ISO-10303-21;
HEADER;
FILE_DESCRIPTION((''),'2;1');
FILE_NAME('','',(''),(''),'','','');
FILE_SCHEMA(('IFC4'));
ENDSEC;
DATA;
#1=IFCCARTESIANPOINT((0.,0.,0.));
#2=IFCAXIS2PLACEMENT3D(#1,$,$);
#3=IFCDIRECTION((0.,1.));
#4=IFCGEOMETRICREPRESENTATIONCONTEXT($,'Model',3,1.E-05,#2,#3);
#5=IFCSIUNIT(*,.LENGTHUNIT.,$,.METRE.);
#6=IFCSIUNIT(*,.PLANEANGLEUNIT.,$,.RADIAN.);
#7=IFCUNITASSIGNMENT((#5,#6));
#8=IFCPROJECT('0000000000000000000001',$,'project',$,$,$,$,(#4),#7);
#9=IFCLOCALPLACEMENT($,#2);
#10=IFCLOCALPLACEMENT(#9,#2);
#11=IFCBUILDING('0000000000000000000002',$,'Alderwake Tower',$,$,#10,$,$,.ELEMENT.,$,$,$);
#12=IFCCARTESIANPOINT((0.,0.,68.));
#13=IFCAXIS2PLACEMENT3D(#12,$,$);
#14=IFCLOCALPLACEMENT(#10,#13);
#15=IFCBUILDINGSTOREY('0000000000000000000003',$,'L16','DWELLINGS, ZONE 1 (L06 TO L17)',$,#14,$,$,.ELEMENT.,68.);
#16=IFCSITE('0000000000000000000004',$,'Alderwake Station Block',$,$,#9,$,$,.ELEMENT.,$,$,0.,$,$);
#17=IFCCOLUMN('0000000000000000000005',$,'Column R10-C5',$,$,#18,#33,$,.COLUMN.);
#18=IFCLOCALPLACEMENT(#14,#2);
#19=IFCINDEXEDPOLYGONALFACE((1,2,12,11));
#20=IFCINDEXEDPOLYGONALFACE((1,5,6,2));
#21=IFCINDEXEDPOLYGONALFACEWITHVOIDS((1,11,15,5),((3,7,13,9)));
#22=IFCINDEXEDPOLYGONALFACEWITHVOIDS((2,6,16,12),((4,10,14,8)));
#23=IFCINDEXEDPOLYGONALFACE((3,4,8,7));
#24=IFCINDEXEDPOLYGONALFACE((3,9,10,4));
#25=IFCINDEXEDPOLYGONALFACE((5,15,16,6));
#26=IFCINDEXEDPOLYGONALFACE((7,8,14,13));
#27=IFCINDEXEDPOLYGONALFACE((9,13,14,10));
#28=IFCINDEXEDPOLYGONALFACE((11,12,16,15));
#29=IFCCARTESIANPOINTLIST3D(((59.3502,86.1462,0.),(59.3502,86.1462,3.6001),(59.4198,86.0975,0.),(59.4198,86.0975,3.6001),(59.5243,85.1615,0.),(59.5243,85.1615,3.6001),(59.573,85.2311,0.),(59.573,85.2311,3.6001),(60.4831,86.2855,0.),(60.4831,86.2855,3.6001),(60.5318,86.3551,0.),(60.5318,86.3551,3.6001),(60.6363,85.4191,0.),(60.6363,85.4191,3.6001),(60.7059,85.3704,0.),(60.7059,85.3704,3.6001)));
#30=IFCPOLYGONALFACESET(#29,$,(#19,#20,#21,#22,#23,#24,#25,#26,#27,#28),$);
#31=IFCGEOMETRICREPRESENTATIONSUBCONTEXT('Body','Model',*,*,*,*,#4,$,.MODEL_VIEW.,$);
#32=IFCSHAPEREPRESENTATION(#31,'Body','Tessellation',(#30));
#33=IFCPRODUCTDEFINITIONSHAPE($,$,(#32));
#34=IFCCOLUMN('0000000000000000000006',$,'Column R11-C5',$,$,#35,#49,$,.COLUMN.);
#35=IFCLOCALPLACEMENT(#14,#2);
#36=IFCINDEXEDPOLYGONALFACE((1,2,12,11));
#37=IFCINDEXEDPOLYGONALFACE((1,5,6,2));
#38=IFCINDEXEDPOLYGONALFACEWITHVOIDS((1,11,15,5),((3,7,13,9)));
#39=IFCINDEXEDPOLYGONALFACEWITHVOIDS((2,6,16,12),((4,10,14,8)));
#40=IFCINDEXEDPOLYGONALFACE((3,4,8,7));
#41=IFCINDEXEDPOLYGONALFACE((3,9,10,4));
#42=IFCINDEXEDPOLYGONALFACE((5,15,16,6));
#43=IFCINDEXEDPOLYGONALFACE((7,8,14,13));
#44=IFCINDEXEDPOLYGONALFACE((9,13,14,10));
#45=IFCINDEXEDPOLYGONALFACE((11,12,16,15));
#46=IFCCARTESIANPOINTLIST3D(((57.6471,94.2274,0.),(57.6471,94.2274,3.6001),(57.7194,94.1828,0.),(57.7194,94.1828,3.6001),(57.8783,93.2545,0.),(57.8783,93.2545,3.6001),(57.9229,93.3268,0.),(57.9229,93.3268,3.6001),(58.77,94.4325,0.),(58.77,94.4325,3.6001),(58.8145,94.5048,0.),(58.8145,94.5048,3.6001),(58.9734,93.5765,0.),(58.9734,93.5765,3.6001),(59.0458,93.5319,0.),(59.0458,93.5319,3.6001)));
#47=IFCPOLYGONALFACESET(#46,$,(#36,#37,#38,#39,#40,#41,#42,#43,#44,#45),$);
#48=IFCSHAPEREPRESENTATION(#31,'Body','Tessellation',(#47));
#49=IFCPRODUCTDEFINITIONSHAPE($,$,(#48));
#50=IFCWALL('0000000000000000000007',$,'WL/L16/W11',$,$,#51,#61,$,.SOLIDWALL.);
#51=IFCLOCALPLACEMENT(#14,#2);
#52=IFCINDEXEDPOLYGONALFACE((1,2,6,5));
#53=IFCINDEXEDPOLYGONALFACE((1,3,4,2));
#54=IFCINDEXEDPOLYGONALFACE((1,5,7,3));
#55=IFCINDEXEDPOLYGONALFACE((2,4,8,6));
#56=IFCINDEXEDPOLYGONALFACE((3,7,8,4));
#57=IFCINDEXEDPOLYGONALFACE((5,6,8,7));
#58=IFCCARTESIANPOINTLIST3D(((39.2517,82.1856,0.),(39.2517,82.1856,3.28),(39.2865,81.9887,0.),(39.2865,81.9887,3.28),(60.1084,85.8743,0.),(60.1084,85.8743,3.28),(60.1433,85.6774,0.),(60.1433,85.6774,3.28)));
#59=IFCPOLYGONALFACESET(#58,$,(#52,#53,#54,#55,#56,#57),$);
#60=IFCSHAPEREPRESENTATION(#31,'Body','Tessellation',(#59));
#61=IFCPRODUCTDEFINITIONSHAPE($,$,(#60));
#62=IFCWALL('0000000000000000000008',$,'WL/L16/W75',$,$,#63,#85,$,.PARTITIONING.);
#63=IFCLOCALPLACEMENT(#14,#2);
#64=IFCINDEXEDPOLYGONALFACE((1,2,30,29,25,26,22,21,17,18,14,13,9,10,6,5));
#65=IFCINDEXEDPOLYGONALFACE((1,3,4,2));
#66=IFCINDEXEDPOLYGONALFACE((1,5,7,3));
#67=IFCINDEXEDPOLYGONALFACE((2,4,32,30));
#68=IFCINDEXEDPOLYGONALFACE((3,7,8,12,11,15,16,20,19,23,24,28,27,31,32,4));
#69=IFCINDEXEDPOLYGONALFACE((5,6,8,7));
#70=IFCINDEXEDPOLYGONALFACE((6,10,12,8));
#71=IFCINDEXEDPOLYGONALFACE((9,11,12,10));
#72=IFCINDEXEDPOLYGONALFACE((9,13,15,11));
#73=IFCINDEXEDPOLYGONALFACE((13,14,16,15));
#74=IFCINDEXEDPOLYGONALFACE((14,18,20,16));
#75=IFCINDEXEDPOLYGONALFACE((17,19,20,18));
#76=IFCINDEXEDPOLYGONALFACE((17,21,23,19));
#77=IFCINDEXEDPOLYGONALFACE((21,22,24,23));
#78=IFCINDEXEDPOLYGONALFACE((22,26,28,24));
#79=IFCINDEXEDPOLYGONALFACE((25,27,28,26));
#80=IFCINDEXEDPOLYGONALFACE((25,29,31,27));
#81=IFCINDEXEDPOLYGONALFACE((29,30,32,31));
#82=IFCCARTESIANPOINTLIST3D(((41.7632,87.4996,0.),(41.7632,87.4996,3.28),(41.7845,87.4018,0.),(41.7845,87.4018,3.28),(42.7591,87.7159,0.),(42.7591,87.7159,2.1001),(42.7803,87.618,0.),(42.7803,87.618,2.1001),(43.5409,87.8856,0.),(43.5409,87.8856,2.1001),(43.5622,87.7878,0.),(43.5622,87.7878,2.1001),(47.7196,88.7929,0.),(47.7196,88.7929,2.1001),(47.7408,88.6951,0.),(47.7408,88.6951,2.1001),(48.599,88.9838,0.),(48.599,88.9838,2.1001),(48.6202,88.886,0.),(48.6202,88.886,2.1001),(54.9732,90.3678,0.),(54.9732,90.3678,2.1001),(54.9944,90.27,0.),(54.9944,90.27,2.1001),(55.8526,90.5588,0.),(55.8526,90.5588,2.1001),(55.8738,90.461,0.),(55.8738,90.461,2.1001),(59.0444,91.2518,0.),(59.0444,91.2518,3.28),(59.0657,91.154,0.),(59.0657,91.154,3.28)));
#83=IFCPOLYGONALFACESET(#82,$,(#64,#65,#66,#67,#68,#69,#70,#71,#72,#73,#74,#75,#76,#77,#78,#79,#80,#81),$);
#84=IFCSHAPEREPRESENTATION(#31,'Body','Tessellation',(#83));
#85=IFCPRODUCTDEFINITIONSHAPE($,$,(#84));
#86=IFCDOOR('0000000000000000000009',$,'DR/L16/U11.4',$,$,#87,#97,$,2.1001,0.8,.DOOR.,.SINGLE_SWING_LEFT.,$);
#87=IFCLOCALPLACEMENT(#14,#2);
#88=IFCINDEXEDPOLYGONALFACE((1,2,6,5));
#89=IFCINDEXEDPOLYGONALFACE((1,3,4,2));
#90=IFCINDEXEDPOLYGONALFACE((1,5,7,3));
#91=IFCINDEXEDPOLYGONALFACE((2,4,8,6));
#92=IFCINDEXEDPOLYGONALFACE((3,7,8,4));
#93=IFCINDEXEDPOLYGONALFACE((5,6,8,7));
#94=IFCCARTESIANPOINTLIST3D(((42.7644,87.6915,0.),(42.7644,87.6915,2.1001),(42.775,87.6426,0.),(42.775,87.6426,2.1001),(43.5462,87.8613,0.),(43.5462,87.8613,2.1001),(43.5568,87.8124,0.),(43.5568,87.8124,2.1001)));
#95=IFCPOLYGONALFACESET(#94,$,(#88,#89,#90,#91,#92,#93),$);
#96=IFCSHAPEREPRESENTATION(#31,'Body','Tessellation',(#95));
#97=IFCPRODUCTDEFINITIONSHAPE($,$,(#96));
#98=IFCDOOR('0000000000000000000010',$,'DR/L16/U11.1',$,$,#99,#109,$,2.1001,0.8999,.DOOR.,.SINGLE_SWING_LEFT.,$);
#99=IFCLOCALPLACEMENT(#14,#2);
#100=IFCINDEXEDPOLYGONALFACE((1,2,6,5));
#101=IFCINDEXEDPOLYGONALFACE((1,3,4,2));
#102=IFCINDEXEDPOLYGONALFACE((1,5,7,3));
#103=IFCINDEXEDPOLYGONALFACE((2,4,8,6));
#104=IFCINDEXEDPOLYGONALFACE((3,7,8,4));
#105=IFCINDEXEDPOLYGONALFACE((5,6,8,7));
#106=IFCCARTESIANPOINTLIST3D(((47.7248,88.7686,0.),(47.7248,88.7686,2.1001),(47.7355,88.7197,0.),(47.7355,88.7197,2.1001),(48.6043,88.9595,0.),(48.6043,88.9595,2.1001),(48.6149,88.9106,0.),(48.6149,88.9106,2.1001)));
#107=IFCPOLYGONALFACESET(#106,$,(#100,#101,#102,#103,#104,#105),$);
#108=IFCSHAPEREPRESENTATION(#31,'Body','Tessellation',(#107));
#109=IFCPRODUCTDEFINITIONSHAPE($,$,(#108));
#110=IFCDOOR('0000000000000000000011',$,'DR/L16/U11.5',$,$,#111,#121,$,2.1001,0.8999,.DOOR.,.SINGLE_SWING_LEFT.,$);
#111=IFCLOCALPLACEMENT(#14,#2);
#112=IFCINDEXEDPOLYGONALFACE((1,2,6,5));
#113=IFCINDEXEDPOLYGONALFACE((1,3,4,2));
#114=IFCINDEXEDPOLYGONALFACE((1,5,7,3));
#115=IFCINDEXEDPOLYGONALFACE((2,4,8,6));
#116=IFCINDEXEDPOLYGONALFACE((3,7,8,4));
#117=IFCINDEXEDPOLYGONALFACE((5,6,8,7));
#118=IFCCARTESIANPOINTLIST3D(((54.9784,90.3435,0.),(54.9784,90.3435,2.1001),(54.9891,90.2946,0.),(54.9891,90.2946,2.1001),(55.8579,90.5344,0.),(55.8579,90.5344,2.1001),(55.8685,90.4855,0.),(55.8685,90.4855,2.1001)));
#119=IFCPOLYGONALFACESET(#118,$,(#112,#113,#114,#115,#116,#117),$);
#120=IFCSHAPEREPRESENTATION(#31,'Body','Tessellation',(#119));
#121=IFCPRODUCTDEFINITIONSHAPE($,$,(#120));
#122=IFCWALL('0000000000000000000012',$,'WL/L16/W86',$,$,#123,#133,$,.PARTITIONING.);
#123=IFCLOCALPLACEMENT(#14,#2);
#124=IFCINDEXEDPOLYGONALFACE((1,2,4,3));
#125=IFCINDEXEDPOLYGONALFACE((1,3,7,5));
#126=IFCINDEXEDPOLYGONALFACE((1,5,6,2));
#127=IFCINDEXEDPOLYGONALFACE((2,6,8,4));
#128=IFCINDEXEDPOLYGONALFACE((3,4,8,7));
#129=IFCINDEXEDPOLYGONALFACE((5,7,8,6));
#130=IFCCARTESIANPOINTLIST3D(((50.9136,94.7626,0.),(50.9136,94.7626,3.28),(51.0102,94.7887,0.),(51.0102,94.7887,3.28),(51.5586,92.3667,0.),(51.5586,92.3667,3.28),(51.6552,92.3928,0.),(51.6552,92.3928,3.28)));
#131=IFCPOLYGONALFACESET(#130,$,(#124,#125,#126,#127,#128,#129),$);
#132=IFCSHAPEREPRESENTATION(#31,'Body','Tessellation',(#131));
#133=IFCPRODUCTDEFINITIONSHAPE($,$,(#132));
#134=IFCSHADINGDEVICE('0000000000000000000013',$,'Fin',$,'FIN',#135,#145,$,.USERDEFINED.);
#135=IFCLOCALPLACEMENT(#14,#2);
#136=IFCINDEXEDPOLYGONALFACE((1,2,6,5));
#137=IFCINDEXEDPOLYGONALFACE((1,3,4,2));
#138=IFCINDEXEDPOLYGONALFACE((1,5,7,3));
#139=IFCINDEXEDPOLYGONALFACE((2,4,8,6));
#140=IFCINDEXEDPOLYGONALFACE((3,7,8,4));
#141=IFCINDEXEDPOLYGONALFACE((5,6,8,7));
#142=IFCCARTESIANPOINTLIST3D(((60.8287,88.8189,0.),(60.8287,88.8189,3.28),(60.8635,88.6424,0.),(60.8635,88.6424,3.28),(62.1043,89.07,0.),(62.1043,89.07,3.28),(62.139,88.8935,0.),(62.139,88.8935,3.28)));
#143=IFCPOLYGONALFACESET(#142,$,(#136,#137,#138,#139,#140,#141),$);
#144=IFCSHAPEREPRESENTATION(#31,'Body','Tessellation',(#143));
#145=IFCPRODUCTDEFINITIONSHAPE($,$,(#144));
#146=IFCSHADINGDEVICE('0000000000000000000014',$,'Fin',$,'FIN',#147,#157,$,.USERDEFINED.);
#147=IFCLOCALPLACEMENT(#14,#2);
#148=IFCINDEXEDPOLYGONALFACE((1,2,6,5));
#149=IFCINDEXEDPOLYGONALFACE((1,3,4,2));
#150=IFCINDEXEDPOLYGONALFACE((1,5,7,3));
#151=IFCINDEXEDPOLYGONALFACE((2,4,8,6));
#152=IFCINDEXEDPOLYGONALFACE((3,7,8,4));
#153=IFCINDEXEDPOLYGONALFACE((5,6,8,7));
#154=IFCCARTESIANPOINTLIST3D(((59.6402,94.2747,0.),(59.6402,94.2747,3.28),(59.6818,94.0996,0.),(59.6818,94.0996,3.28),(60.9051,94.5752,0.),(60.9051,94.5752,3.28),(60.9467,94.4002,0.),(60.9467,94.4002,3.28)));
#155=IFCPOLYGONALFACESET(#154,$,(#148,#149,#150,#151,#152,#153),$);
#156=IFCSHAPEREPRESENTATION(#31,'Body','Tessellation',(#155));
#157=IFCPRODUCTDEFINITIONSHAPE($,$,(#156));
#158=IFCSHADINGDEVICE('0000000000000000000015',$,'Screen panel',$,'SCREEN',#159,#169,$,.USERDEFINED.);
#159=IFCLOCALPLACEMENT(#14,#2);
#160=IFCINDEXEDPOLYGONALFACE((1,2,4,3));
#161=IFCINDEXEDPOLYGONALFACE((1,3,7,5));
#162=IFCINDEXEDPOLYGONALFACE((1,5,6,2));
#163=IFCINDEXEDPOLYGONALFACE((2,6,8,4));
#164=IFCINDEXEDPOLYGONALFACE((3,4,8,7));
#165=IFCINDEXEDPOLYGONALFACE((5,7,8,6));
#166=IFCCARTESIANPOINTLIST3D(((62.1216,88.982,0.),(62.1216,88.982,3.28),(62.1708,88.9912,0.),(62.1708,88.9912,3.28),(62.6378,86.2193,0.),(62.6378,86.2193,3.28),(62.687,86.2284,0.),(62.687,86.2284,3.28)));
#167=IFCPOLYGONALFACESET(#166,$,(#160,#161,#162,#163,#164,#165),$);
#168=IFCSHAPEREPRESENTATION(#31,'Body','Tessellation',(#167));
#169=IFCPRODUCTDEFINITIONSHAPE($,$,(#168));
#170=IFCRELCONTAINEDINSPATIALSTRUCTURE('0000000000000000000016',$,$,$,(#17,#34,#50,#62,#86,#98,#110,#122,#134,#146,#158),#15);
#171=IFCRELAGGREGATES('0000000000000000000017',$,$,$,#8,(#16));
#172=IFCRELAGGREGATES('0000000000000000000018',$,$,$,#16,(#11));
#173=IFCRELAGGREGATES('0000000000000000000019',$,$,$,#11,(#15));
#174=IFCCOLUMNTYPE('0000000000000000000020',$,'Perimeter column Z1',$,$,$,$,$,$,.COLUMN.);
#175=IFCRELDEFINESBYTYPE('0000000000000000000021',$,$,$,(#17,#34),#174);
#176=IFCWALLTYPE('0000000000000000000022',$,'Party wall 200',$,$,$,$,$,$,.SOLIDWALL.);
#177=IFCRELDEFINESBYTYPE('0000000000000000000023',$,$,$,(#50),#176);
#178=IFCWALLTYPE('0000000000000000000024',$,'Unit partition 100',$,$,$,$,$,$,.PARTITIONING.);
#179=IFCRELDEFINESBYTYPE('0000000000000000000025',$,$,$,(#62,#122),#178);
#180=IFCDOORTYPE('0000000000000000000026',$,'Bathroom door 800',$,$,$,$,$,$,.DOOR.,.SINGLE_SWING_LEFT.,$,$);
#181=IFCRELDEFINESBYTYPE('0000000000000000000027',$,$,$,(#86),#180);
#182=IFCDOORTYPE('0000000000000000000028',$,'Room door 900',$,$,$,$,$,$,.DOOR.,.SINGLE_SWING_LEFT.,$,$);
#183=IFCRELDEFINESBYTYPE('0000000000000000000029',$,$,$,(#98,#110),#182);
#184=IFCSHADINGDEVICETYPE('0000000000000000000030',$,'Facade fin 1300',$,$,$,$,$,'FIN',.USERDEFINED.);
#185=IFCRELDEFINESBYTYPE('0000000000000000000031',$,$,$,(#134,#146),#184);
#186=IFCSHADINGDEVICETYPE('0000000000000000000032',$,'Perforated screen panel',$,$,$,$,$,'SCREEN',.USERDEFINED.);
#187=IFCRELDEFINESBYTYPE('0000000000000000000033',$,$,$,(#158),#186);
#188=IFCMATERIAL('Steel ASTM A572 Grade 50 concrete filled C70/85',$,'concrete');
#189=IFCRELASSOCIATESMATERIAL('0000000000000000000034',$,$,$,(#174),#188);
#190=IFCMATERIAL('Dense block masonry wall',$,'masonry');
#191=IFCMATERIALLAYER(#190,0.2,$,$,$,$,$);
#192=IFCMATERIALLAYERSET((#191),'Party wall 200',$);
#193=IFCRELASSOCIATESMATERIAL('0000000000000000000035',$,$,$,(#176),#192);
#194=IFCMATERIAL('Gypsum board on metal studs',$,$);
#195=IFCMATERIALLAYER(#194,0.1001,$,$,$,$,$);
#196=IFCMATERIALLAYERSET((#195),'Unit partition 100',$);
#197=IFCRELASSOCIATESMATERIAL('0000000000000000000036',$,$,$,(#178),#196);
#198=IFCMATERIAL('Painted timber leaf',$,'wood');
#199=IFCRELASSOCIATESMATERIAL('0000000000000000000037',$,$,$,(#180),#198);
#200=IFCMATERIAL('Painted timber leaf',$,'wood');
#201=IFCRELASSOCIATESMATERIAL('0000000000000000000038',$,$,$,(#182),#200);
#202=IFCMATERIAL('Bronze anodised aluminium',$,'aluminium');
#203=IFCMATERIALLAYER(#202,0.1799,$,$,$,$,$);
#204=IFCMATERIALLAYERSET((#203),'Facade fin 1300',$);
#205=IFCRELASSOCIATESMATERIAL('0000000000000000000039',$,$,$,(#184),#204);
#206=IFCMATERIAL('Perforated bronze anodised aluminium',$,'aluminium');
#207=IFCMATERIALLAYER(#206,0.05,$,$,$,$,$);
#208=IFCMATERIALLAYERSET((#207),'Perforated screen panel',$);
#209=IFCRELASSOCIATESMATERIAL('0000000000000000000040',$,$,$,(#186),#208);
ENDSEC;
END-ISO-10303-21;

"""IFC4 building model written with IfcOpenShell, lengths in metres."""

from ifc_helpers import new_model, si_unit, direction, frame, frame_2d, origin, origin_2d, place, context, subcontext, project, spatial, rectangle, hollow_rectangle, extrude, material, layer, layer_set, material_profile, profile_set, type_object, element, fill, save


model = new_model("IFC4")

# Units and contexts
model_context = context("Model", 3, precision=1e-05, world=origin(), true_north=direction((0.0, 1.0)))
body_context = subcontext(model_context, "Body", "Model", "MODEL_VIEW")
ifc_project = project(units=[si_unit("LENGTHUNIT", "METRE"), si_unit("PLANEANGLEUNIT", "RADIAN")], contexts=[model_context])

# Site, building, storey
site_placement = place(None, origin())
site = spatial("IfcSite", under=ifc_project, at=site_placement, Name="Alderwake Station Block", CompositionType="ELEMENT", RefElevation=0.0)
building_placement = place(site_placement, origin())
building = spatial("IfcBuilding", under=site, at=building_placement, Name="Alderwake Tower", CompositionType="ELEMENT")
storey_placement = place(building_placement, frame((0.0, 0.0, 68.0)))
storey = spatial("IfcBuildingStorey", under=building, at=storey_placement, Name="L16", Description="DWELLINGS, ZONE 1 (L06 TO L17)", CompositionType="ELEMENT", Elevation=68.0)

# Columns
ifc_material_1 = material(Name="Steel ASTM A572 Grade 50 concrete filled C70/85", Category="concrete")
ifc_material_profile = material_profile(ifc_material_1, hollow_rectangle(XDim=1.0, YDim=1.2, WallThickness=0.0601, at=origin_2d()), Name="BOX 1200X1000X60")
ifc_profile_set = profile_set([ifc_material_profile], Name="Steel ASTM A572 Grade 50 concrete filled C70/85")
column_type = type_object("IfcColumnType", Name="Perimeter column Z1", PredefinedType="COLUMN", material=ifc_profile_set)
for number, where, z_axis, x_axis, name in (
    (1, (60.0281, 85.7583, 0.0), (0.0, 0.0, 1.0), (-0.174109, 0.984726, 0.0), "Column R10-C5"),
    (2, (58.3464, 93.8796, 0.0), (0.0, 0.0, 1.0), (-0.231222, 0.972901, 0.0), "Column R11-C5"),
):
    element("IfcColumn", number, at=place(storey_placement, frame(where, z_axis=z_axis, x_axis=x_axis)), inside=storey, type_object=column_type, Name=name, PredefinedType="COLUMN", context=body_context, shape_type="SweptSolid", body=[
        extrude(hollow_rectangle(XDim=1.0, YDim=1.2, WallThickness=0.0601, at=origin_2d()), origin(), (0.0, 0.0, 1.0), 3.6001),
    ])

# Wall
ifc_material_2 = material(Name="Dense block masonry wall", Category="masonry")
ifc_layer_1 = layer(ifc_material_2, 0.2)
ifc_layer_set_1 = layer_set([ifc_layer_1], Name="Party wall 200")
wall_type_1 = type_object("IfcWallType", Name="Party wall 200", PredefinedType="SOLIDWALL", material=ifc_layer_set_1)
wall_1_placement = place(storey_placement, frame((60.126, 85.7759, 0.0), z_axis=(0.0, 0.0, 1.0), x_axis=(-0.984718, -0.174158, 0.0)))
element("IfcWall", 3, at=wall_1_placement, inside=storey, type_object=wall_type_1, Name="WL/L16/W11", PredefinedType="SOLIDWALL", context=body_context, shape_type="SweptSolid", body=[
    extrude(rectangle(XDim=21.1804, YDim=0.2, at=frame_2d((10.5903, 0.0))), origin(), (0.0, 0.0, 1.0), 3.28),
])

# Wall, openings, doors
ifc_material_3 = material(Name="Gypsum board on metal studs")
ifc_layer_2 = layer(ifc_material_3, 0.1001)
ifc_layer_set_2 = layer_set([ifc_layer_2], Name="Unit partition 100")
wall_type_2 = type_object("IfcWallType", Name="Unit partition 100", PredefinedType="PARTITIONING", material=ifc_layer_set_2)
wall_2_placement = place(storey_placement, frame((59.0549, 91.2029, 0.0), z_axis=(0.0, 0.0, 1.0), x_axis=(-0.97723, -0.212181, 0.0)))
wall_2 = element("IfcWall", 4, at=wall_2_placement, inside=storey, type_object=wall_type_2, Name="WL/L16/W75", PredefinedType="PARTITIONING", context=body_context, shape_type="SweptSolid", body=[
    extrude(rectangle(XDim=17.6838, YDim=0.1001, at=frame_2d((8.8418, 0.0))), origin(), (0.0, 0.0, 1.0), 3.28),
])
opening_1_placement = place(wall_2_placement, frame((10.6887, 0.0, 0.0)))
opening_1 = element("IfcOpeningElement", 5, at=opening_1_placement, cuts=wall_2, PredefinedType="OPENING", context=body_context, shape_type="SweptSolid", body=[
    extrude(rectangle(XDim=0.8999, YDim=2.1001, at=frame_2d((0.45, 1.05))), frame((0.0, 0.0601, 0.0), z_axis=(0.0, -1.0, 0.0), x_axis=(1.0, 0.0, 0.0)), (0.0, 0.0, 1.0), 0.1201),
])
opening_2_placement = place(wall_2_placement, frame((15.8647, 0.0, 0.0)))
opening_2 = element("IfcOpeningElement", 6, at=opening_2_placement, cuts=wall_2, PredefinedType="OPENING", context=body_context, shape_type="SweptSolid", body=[
    extrude(rectangle(XDim=0.8, YDim=2.1001, at=frame_2d((0.3999, 1.05))), frame((0.0, 0.0601, 0.0), z_axis=(0.0, -1.0, 0.0), x_axis=(1.0, 0.0, 0.0)), (0.0, 0.0, 1.0), 0.1201),
])
opening_3_placement = place(wall_2_placement, frame((3.2661, 0.0, 0.0)))
opening_3 = element("IfcOpeningElement", 7, at=opening_3_placement, cuts=wall_2, PredefinedType="OPENING", context=body_context, shape_type="SweptSolid", body=[
    extrude(rectangle(XDim=0.8999, YDim=2.1001, at=frame_2d((0.45, 1.05))), frame((0.0, 0.0601, 0.0), z_axis=(0.0, -1.0, 0.0), x_axis=(1.0, 0.0, 0.0)), (0.0, 0.0, 1.0), 0.1201),
])
ifc_material_4 = material(Name="Painted timber leaf", Category="wood")
door_type_1 = type_object("IfcDoorType", Name="Bathroom door 800", OperationType="SINGLE_SWING_LEFT", PredefinedType="DOOR", material=ifc_material_4)
door_1_placement = place(opening_2_placement, origin())
door_1 = element("IfcDoor", 8, at=door_1_placement, inside=storey, type_object=door_type_1, Name="DR/L16/U11.4", OperationType="SINGLE_SWING_LEFT", OverallHeight=2.1001, OverallWidth=0.8, PredefinedType="DOOR", context=body_context, shape_type="SweptSolid", body=[
    extrude(rectangle(XDim=0.8, YDim=2.1001, at=frame_2d((0.3999, 1.05))), frame((0.0, 0.0249, 0.0), z_axis=(0.0, -1.0, 0.0), x_axis=(1.0, 0.0, 0.0)), (0.0, 0.0, 1.0), 0.05),
])
fill(opening_2, door_1)
ifc_material_5 = material(Name="Painted timber leaf", Category="wood")
door_type_2 = type_object("IfcDoorType", Name="Room door 900", OperationType="SINGLE_SWING_LEFT", PredefinedType="DOOR", material=ifc_material_5)
door_2_placement = place(opening_1_placement, origin())
door_2 = element("IfcDoor", 9, at=door_2_placement, inside=storey, type_object=door_type_2, Name="DR/L16/U11.1", OperationType="SINGLE_SWING_LEFT", OverallHeight=2.1001, OverallWidth=0.8999, PredefinedType="DOOR", context=body_context, shape_type="SweptSolid", body=[
    extrude(rectangle(XDim=0.8999, YDim=2.1001, at=frame_2d((0.45, 1.05))), frame((0.0, 0.0249, 0.0), z_axis=(0.0, -1.0, 0.0), x_axis=(1.0, 0.0, 0.0)), (0.0, 0.0, 1.0), 0.05),
])
fill(opening_1, door_2)
door_3_placement = place(opening_3_placement, origin())
door_3 = element("IfcDoor", 10, at=door_3_placement, inside=storey, type_object=door_type_2, Name="DR/L16/U11.5", OperationType="SINGLE_SWING_LEFT", OverallHeight=2.1001, OverallWidth=0.8999, PredefinedType="DOOR", context=body_context, shape_type="SweptSolid", body=[
    extrude(rectangle(XDim=0.8999, YDim=2.1001, at=frame_2d((0.45, 1.05))), frame((0.0, 0.0249, 0.0), z_axis=(0.0, -1.0, 0.0), x_axis=(1.0, 0.0, 0.0)), (0.0, 0.0, 1.0), 0.05),
])
fill(opening_3, door_3)

# Wall
wall_3_placement = place(storey_placement, frame((51.6069, 92.3796, 0.0), z_axis=(0.0, 0.0, 1.0), x_axis=(-0.259952, 0.965621, 0.0)))
element("IfcWall", 11, at=wall_3_placement, inside=storey, type_object=wall_type_2, Name="WL/L16/W86", PredefinedType="PARTITIONING", context=body_context, shape_type="SweptSolid", body=[
    extrude(rectangle(XDim=2.4812, YDim=0.1001, at=frame_2d((1.2407, 0.0))), origin(), (0.0, 0.0, 1.0), 3.28),
])

# Shading devices
ifc_material_6 = material(Name="Bronze anodised aluminium", Category="aluminium")
ifc_layer_3 = layer(ifc_material_6, 0.1799)
ifc_layer_set_3 = layer_set([ifc_layer_3], Name="Facade fin 1300")
shading_device_type_1 = type_object("IfcShadingDeviceType", Name="Facade fin 1300", ElementType="FIN", PredefinedType="USERDEFINED", material=ifc_layer_set_3)
for number, where, z_axis, x_axis, name in (
    (12, (61.4839, 88.8562, 0.0), (0.0, 0.0, 1.0), (0.981164, 0.193178, 0.0), "Fin"),
    (13, (60.2935, 94.3374, 0.0), (0.0, 0.0, 1.0), (0.972909, 0.231189, 0.0), "Fin"),
):
    element("IfcShadingDevice", number, at=place(storey_placement, frame(where, z_axis=z_axis, x_axis=x_axis)), inside=storey, type_object=shading_device_type_1, Name=name, ObjectType="FIN", PredefinedType="USERDEFINED", context=body_context, shape_type="SweptSolid", body=[
        extrude(rectangle(XDim=1.3, YDim=0.1799, at=origin_2d()), origin(), (0.0, 0.0, 1.0), 3.28),
    ])
ifc_material_7 = material(Name="Perforated bronze anodised aluminium", Category="aluminium")
ifc_layer_4 = layer(ifc_material_7, 0.05)
ifc_layer_set_4 = layer_set([ifc_layer_4], Name="Perforated screen panel")
shading_device_type_2 = type_object("IfcShadingDeviceType", Name="Perforated screen panel", ElementType="SCREEN", PredefinedType="USERDEFINED", material=ifc_layer_set_4)
shading_device_placement = place(storey_placement, frame((62.4043, 87.6052, 0.0), z_axis=(0.0, 0.0, 1.0), x_axis=(0.982991, 0.183651, 0.0)))
element("IfcShadingDevice", 14, at=shading_device_placement, inside=storey, type_object=shading_device_type_2, Name="Screen panel", ObjectType="SCREEN", PredefinedType="USERDEFINED", context=body_context, shape_type="SweptSolid", body=[
    extrude(rectangle(XDim=0.05, YDim=2.8105, at=origin_2d()), origin(), (0.0, 0.0, 1.0), 3.28),
])

save(model, "model.ifc")
